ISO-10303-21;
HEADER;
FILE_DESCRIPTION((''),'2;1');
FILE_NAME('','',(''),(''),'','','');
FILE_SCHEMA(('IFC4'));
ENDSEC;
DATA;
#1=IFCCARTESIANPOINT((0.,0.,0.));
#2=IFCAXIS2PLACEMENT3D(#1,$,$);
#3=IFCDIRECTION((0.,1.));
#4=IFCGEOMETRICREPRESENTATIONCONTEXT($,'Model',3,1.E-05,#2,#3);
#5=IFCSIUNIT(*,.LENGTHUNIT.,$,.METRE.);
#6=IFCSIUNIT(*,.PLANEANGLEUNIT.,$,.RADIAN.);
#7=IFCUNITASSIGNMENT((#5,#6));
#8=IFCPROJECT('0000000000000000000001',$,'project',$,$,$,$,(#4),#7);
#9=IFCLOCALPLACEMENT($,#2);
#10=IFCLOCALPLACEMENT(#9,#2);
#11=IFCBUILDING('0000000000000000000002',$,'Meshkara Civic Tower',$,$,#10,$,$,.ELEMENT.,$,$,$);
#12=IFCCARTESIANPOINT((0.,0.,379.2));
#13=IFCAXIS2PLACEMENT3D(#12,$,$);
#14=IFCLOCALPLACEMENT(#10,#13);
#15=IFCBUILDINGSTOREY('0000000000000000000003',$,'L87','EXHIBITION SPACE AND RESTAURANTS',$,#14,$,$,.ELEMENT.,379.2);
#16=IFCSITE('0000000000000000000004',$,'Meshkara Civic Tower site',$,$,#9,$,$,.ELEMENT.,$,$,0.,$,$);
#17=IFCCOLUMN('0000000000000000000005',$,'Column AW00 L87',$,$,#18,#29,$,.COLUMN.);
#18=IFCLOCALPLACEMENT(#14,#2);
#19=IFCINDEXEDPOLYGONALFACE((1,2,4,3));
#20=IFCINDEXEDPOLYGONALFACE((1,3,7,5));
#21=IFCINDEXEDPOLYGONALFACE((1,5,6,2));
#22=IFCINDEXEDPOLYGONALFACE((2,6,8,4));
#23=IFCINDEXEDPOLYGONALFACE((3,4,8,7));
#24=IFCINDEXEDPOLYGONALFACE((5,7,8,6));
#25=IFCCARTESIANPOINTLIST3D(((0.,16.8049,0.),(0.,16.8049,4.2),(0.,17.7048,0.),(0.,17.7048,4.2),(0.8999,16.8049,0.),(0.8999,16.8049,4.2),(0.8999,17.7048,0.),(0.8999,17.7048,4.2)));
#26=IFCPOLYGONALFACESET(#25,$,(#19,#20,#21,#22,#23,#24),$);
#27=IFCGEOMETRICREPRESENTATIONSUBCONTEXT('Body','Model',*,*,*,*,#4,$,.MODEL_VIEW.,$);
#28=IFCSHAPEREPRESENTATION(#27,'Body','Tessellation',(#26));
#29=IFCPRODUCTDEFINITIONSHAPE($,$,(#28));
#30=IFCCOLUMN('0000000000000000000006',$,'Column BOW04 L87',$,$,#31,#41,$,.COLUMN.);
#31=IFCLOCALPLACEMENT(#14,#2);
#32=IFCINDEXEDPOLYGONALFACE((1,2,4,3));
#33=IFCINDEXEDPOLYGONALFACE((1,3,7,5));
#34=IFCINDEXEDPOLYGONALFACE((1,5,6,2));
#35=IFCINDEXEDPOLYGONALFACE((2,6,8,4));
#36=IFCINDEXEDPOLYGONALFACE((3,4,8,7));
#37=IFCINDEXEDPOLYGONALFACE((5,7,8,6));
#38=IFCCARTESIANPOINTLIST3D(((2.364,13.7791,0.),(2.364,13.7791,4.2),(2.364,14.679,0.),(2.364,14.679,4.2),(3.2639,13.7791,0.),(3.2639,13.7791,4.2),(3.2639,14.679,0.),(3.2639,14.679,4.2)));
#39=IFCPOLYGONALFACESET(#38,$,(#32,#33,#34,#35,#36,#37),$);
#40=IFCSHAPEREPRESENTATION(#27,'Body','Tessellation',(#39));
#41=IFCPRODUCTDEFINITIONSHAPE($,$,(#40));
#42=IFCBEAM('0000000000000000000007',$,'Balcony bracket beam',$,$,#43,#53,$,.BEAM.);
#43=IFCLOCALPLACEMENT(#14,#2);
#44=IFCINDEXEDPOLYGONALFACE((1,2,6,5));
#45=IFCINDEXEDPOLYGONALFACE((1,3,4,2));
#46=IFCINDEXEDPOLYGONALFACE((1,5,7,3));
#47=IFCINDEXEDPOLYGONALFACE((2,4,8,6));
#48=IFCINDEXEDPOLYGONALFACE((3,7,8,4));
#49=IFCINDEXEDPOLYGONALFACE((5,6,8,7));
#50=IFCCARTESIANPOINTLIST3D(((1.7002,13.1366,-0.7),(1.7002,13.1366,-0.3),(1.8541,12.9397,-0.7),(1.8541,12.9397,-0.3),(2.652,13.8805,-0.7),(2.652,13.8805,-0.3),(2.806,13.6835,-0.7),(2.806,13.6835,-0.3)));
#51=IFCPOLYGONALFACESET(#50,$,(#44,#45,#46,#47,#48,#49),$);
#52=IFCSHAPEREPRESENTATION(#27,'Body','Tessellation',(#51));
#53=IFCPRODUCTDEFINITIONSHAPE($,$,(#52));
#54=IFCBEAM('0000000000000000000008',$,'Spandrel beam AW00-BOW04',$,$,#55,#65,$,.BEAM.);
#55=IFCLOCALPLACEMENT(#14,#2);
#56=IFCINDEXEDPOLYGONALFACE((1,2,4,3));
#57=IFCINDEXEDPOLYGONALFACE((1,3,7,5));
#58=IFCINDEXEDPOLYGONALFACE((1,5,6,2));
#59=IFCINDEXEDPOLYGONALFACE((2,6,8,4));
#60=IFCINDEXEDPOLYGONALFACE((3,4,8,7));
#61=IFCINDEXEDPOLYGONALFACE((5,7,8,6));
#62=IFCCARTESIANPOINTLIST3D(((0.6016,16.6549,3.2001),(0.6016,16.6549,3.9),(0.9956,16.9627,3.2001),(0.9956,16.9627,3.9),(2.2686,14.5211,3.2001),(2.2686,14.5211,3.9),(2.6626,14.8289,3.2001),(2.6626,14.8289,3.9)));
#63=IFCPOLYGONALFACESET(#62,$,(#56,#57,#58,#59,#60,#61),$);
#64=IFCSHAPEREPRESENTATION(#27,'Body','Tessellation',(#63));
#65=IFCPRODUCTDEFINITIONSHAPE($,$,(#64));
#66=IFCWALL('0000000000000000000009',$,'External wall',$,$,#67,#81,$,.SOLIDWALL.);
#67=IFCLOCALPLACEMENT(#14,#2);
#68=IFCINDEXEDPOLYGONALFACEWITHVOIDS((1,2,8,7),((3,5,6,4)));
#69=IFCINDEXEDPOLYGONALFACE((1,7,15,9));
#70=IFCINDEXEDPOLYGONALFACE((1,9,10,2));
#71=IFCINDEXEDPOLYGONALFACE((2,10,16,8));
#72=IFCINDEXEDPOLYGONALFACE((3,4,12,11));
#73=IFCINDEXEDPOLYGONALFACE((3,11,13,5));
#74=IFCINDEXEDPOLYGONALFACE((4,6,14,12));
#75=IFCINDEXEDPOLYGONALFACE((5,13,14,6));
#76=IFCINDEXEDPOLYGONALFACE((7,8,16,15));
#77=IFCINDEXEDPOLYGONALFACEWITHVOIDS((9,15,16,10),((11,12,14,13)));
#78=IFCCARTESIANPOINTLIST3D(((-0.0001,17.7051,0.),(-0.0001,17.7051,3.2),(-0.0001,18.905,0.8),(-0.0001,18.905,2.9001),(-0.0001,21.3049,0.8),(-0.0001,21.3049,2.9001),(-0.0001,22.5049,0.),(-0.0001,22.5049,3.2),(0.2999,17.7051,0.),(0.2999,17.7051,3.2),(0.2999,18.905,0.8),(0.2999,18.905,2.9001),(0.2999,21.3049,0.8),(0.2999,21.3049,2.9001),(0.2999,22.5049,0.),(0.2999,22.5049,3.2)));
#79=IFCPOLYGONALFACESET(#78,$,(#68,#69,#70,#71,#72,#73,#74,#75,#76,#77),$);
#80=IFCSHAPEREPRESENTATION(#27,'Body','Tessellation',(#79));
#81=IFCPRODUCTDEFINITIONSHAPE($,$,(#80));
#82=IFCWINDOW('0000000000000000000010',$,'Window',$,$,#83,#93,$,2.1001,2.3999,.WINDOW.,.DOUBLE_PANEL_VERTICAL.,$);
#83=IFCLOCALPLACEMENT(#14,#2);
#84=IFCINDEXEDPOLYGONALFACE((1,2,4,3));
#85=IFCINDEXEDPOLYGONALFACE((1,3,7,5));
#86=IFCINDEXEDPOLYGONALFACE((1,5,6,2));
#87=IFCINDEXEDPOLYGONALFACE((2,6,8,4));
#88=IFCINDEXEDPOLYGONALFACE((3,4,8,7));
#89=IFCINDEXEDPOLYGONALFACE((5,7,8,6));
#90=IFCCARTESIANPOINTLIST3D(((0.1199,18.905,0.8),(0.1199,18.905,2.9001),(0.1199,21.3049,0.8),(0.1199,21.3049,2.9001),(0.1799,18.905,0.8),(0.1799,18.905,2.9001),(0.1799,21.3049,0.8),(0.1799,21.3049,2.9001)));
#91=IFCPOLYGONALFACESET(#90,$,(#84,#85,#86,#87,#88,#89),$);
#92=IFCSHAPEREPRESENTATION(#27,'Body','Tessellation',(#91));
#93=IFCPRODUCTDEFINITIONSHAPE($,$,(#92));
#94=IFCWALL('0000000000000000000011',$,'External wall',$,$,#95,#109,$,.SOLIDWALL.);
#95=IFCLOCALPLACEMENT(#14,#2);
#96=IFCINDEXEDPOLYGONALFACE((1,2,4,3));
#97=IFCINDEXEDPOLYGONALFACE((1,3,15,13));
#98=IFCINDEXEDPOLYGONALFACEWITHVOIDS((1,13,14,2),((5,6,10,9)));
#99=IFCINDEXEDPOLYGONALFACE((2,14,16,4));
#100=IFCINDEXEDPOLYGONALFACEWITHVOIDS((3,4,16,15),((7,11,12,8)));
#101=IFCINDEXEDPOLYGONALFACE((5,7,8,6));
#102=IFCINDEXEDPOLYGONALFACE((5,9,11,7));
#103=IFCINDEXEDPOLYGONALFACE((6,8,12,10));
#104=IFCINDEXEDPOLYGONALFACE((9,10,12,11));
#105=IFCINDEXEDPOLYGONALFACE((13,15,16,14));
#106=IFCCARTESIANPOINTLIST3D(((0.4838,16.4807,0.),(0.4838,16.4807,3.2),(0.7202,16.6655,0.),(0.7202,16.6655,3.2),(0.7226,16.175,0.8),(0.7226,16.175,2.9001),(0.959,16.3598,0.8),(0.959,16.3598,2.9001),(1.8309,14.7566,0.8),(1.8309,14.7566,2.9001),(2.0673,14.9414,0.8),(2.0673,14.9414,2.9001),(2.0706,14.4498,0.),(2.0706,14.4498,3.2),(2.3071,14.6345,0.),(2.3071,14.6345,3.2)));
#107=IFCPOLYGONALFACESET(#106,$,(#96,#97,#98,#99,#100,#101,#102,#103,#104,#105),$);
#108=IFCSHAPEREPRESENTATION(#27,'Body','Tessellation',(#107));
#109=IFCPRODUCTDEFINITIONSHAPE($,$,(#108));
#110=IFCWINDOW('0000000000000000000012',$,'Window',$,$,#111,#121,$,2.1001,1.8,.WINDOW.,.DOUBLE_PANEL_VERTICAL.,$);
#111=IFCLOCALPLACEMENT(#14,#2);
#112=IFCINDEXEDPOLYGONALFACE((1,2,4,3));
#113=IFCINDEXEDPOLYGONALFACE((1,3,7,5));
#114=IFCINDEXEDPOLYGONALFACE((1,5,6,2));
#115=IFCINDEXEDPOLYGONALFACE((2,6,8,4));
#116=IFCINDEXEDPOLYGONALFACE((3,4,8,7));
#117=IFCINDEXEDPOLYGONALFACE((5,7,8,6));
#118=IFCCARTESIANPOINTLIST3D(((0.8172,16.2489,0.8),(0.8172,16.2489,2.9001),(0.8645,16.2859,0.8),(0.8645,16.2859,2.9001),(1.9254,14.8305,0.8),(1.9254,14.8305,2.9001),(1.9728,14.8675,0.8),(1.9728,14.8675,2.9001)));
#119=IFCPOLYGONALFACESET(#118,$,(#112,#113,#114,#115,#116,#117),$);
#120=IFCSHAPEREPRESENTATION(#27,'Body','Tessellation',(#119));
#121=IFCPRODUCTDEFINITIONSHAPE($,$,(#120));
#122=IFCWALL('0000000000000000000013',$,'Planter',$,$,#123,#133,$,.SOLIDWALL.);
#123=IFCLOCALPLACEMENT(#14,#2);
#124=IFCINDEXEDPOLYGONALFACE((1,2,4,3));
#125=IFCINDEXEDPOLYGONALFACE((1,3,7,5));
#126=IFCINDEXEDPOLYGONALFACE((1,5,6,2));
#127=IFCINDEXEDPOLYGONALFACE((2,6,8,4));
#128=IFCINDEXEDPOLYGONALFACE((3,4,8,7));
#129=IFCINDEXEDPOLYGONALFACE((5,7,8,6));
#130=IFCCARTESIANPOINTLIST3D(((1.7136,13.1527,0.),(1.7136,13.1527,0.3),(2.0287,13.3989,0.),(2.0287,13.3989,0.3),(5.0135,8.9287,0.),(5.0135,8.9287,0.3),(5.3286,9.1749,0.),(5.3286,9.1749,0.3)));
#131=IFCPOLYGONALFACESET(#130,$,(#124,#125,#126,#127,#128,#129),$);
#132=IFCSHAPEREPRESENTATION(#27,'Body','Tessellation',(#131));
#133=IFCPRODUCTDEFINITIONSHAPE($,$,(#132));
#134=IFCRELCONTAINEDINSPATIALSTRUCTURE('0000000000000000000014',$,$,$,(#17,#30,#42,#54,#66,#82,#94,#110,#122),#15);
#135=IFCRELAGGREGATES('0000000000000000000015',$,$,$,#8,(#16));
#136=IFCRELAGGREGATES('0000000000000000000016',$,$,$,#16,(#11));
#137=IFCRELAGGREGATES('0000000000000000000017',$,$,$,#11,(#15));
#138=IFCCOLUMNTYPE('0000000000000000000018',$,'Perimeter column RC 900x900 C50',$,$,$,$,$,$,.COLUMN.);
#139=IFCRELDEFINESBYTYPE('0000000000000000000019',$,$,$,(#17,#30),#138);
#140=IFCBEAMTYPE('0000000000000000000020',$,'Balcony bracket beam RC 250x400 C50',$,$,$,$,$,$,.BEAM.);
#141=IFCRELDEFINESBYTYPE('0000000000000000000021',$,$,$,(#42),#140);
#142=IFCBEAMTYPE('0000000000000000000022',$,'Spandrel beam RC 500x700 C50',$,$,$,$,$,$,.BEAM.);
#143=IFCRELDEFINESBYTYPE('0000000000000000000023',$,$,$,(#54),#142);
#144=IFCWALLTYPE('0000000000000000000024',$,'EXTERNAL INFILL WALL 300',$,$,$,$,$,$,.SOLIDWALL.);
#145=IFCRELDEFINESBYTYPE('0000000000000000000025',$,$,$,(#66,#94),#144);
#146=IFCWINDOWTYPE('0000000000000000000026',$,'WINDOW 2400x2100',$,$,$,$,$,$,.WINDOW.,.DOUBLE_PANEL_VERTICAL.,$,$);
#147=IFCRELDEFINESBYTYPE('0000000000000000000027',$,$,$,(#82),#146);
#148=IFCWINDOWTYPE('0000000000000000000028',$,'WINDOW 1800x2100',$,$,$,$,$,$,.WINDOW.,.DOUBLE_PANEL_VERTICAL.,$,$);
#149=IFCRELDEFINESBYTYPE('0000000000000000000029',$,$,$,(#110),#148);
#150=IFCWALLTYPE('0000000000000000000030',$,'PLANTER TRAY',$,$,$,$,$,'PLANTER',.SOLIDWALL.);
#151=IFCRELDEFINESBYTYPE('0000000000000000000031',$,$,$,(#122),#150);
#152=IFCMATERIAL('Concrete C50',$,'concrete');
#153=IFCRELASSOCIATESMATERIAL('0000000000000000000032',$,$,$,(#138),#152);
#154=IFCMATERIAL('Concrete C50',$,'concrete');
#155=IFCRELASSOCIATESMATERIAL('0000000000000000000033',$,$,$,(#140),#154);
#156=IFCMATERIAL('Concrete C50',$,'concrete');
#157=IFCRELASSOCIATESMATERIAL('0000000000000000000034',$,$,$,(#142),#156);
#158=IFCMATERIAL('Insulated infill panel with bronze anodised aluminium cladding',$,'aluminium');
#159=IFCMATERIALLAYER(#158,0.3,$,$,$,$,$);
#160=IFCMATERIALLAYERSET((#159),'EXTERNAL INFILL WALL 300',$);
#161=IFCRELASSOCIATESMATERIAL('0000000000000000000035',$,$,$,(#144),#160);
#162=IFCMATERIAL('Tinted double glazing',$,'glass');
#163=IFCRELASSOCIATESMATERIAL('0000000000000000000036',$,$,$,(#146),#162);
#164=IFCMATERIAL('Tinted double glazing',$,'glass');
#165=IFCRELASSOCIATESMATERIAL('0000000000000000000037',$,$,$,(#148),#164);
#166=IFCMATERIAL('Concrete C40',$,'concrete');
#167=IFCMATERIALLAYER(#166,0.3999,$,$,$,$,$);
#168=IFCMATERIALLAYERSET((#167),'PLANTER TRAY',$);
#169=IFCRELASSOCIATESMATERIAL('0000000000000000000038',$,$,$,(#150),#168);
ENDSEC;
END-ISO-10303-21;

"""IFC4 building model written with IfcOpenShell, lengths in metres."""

from ifc_helpers import new_model, si_unit, direction, frame, frame_2d, origin, origin_2d, place, context, subcontext, project, spatial, rectangle, extrude, material, layer, layer_set, material_profile, profile_set, type_object, element, fill, save


model = new_model("IFC4")

# Units and contexts
model_context = context("Model", 3, precision=1e-05, world=origin(), true_north=direction((0.0, 1.0)))
body_context = subcontext(model_context, "Body", "Model", "MODEL_VIEW")
ifc_project = project(units=[si_unit("LENGTHUNIT", "METRE"), si_unit("PLANEANGLEUNIT", "RADIAN")], contexts=[model_context])

# Site, building, storey
site_placement = place(None, origin())
site = spatial("IfcSite", under=ifc_project, at=site_placement, Name="Meshkara Civic Tower site", CompositionType="ELEMENT", RefElevation=0.0)
building_placement = place(site_placement, origin())
building = spatial("IfcBuilding", under=site, at=building_placement, Name="Meshkara Civic Tower", CompositionType="ELEMENT")
storey_placement = place(building_placement, frame((0.0, 0.0, 379.2)))
storey = spatial("IfcBuildingStorey", under=building, at=storey_placement, Name="L87", Description="EXHIBITION SPACE AND RESTAURANTS", CompositionType="ELEMENT", Elevation=379.2)

# Columns
ifc_material_1 = material(Name="Concrete C50", Category="concrete")
ifc_material_profile_1 = material_profile(ifc_material_1, rectangle(XDim=0.8999, YDim=0.8999, at=origin_2d()))
ifc_profile_set_1 = profile_set([ifc_material_profile_1], Name="Concrete C50")
column_type = type_object("IfcColumnType", Name="Perimeter column RC 900x900 C50", PredefinedType="COLUMN", material=ifc_profile_set_1)
for number, where, z_axis, x_axis, name in (
    (1, (0.45, 17.2549, 0.0), (0.0, 0.0, 1.0), (1.0, 0.0, 0.0), "Column AW00 L87"),
    (2, (2.814, 14.229, 0.0), (0.0, 0.0, 1.0), (1.0, 0.0, 0.0), "Column BOW04 L87"),
):
    element("IfcColumn", number, at=place(storey_placement, frame(where, z_axis=z_axis, x_axis=x_axis)), inside=storey, type_object=column_type, Name=name, PredefinedType="COLUMN", context=body_context, shape_type="SweptSolid", body=[
        extrude(rectangle(XDim=0.8999, YDim=0.8999, at=origin_2d()), origin(), (0.0, 0.0, 1.0), 4.2),
    ])

# Beams
ifc_material_2 = material(Name="Concrete C50", Category="concrete")
ifc_material_profile_2 = material_profile(ifc_material_2, rectangle(XDim=0.25, YDim=0.3999, at=origin_2d()))
ifc_profile_set_2 = profile_set([ifc_material_profile_2], Name="Concrete C50")
beam_type_1 = type_object("IfcBeamType", Name="Balcony bracket beam RC 250x400 C50", PredefinedType="BEAM", material=ifc_profile_set_2)
beam_1_placement = place(storey_placement, frame((2.729, 13.782, -0.5), z_axis=(-0.787936, -0.615758, 0.0), x_axis=(0.615758, -0.787936, 0.0)))
element("IfcBeam", 3, at=beam_1_placement, inside=storey, type_object=beam_type_1, Name="Balcony bracket beam", PredefinedType="BEAM", context=body_context, shape_type="SweptSolid", body=[
    extrude(rectangle(XDim=0.25, YDim=0.3999, at=origin_2d()), origin(), (0.0, 0.0, 1.0), 1.208),
])
ifc_material_3 = material(Name="Concrete C50", Category="concrete")
ifc_material_profile_3 = material_profile(ifc_material_3, rectangle(XDim=0.5, YDim=0.7, at=origin_2d()))
ifc_profile_set_3 = profile_set([ifc_material_profile_3], Name="Concrete C50")
beam_type_2 = type_object("IfcBeamType", Name="Spandrel beam RC 500x700 C50", PredefinedType="BEAM", material=ifc_profile_set_3)
beam_2_placement = place(storey_placement, frame((0.7986, 16.8088, 3.55), z_axis=(0.615637, -0.78803, 0.0), x_axis=(0.78803, 0.615637, 0.0)))
element("IfcBeam", 4, at=beam_2_placement, inside=storey, type_object=beam_type_2, Name="Spandrel beam AW00-BOW04", PredefinedType="BEAM", context=body_context, shape_type="SweptSolid", body=[
    extrude(rectangle(XDim=0.5, YDim=0.7, at=origin_2d()), origin(), (0.0, 0.0, 1.0), 2.7078),
])

# Walls, openings, windows
ifc_material_4 = material(Name="Insulated infill panel with bronze anodised aluminium cladding", Category="aluminium")
ifc_layer_1 = layer(ifc_material_4, 0.3)
ifc_layer_set_1 = layer_set([ifc_layer_1], Name="EXTERNAL INFILL WALL 300")
wall_type_1 = type_object("IfcWallType", Name="EXTERNAL INFILL WALL 300", PredefinedType="SOLIDWALL", material=ifc_layer_set_1)
wall_1_placement = place(storey_placement, frame((0.1499, 22.5049, 0.0), z_axis=(0.0, 0.0, 1.0), x_axis=(0.0, -1.0, 0.0)))
wall_1 = element("IfcWall", 5, at=wall_1_placement, inside=storey, type_object=wall_type_1, Name="External wall", PredefinedType="SOLIDWALL", context=body_context, shape_type="SweptSolid", body=[
    extrude(rectangle(XDim=4.7998, YDim=0.3, at=frame_2d((2.3999, 0.0))), origin(), (0.0, 0.0, 1.0), 3.2),
])
opening_1_placement = place(wall_1_placement, frame((1.2, 0.0, 0.8)))
opening_1 = element("IfcOpeningElement", 6, at=opening_1_placement, cuts=wall_1, PredefinedType="OPENING", context=body_context, shape_type="SweptSolid", body=[
    extrude(rectangle(XDim=2.3999, YDim=2.1001, at=frame_2d((1.2, 1.05))), frame((0.0, 0.1599, 0.0), z_axis=(0.0, -1.0, 0.0), x_axis=(1.0, 0.0, 0.0)), (0.0, 0.0, 1.0), 0.3201),
])
ifc_material_5 = material(Name="Tinted double glazing", Category="glass")
window_type_1 = type_object("IfcWindowType", Name="WINDOW 2400x2100", PartitioningType="DOUBLE_PANEL_VERTICAL", PredefinedType="WINDOW", material=ifc_material_5)
window_1_placement = place(opening_1_placement, origin())
window_1 = element("IfcWindow", 7, at=window_1_placement, inside=storey, type_object=window_type_1, Name="Window", OverallHeight=2.1001, OverallWidth=2.3999, PartitioningType="DOUBLE_PANEL_VERTICAL", PredefinedType="WINDOW", context=body_context, shape_type="SweptSolid", body=[
    extrude(rectangle(XDim=2.3999, YDim=2.1001, at=frame_2d((1.2, 1.05))), frame((0.0, 0.03, 0.0), z_axis=(0.0, -1.0, 0.0), x_axis=(1.0, 0.0, 0.0)), (0.0, 0.0, 1.0), 0.0601),
])
fill(opening_1, window_1)
wall_2_placement = place(storey_placement, frame((0.6021, 16.573, 0.0), z_axis=(0.0, 0.0, 1.0), x_axis=(0.61569, -0.787988, 0.0)))
wall_2 = element("IfcWall", 8, at=wall_2_placement, inside=storey, type_object=wall_type_1, Name="External wall", PredefinedType="SOLIDWALL", context=body_context, shape_type="SweptSolid", body=[
    extrude(rectangle(XDim=2.5774, YDim=0.3, at=frame_2d((1.2886, 0.0))), origin(), (0.0, 0.0, 1.0), 3.2),
])
opening_2_placement = place(wall_2_placement, frame((0.3879, 0.0, 0.8)))
opening_2 = element("IfcOpeningElement", 9, at=opening_2_placement, cuts=wall_2, PredefinedType="OPENING", context=body_context, shape_type="SweptSolid", body=[
    extrude(rectangle(XDim=1.8, YDim=2.1001, at=frame_2d((0.8999, 1.05))), frame((0.0, 0.1599, 0.0), z_axis=(0.0, -1.0, 0.0), x_axis=(1.0, 0.0, 0.0)), (0.0, 0.0, 1.0), 0.3201),
])
ifc_material_6 = material(Name="Tinted double glazing", Category="glass")
window_type_2 = type_object("IfcWindowType", Name="WINDOW 1800x2100", PartitioningType="DOUBLE_PANEL_VERTICAL", PredefinedType="WINDOW", material=ifc_material_6)
window_2_placement = place(opening_2_placement, origin())
window_2 = element("IfcWindow", 10, at=window_2_placement, inside=storey, type_object=window_type_2, Name="Window", OverallHeight=2.1001, OverallWidth=1.8, PartitioningType="DOUBLE_PANEL_VERTICAL", PredefinedType="WINDOW", context=body_context, shape_type="SweptSolid", body=[
    extrude(rectangle(XDim=1.8, YDim=2.1001, at=frame_2d((0.8999, 1.05))), frame((0.0, 0.03, 0.0), z_axis=(0.0, -1.0, 0.0), x_axis=(1.0, 0.0, 0.0)), (0.0, 0.0, 1.0), 0.0601),
])
fill(opening_2, window_2)

# Wall
ifc_material_7 = material(Name="Concrete C40", Category="concrete")
ifc_layer_2 = layer(ifc_material_7, 0.3999)
ifc_layer_set_2 = layer_set([ifc_layer_2], Name="PLANTER TRAY")
wall_type_2 = type_object("IfcWallType", Name="PLANTER TRAY", ElementType="PLANTER", PredefinedType="SOLIDWALL", material=ifc_layer_set_2)
wall_3_placement = place(storey_placement, frame((1.8711, 13.2759, 0.0), z_axis=(0.0, 0.0, 1.0), x_axis=(0.615633, -0.788033, 0.0)))
element("IfcWall", 11, at=wall_3_placement, inside=storey, type_object=wall_type_2, Name="Planter", PredefinedType="SOLIDWALL", context=body_context, shape_type="SweptSolid", body=[
    extrude(rectangle(XDim=5.3601, YDim=0.3999, at=frame_2d((2.6802, 0.0))), origin(), (0.0, 0.0, 1.0), 0.3),
])

save(model, "model.ifc")
